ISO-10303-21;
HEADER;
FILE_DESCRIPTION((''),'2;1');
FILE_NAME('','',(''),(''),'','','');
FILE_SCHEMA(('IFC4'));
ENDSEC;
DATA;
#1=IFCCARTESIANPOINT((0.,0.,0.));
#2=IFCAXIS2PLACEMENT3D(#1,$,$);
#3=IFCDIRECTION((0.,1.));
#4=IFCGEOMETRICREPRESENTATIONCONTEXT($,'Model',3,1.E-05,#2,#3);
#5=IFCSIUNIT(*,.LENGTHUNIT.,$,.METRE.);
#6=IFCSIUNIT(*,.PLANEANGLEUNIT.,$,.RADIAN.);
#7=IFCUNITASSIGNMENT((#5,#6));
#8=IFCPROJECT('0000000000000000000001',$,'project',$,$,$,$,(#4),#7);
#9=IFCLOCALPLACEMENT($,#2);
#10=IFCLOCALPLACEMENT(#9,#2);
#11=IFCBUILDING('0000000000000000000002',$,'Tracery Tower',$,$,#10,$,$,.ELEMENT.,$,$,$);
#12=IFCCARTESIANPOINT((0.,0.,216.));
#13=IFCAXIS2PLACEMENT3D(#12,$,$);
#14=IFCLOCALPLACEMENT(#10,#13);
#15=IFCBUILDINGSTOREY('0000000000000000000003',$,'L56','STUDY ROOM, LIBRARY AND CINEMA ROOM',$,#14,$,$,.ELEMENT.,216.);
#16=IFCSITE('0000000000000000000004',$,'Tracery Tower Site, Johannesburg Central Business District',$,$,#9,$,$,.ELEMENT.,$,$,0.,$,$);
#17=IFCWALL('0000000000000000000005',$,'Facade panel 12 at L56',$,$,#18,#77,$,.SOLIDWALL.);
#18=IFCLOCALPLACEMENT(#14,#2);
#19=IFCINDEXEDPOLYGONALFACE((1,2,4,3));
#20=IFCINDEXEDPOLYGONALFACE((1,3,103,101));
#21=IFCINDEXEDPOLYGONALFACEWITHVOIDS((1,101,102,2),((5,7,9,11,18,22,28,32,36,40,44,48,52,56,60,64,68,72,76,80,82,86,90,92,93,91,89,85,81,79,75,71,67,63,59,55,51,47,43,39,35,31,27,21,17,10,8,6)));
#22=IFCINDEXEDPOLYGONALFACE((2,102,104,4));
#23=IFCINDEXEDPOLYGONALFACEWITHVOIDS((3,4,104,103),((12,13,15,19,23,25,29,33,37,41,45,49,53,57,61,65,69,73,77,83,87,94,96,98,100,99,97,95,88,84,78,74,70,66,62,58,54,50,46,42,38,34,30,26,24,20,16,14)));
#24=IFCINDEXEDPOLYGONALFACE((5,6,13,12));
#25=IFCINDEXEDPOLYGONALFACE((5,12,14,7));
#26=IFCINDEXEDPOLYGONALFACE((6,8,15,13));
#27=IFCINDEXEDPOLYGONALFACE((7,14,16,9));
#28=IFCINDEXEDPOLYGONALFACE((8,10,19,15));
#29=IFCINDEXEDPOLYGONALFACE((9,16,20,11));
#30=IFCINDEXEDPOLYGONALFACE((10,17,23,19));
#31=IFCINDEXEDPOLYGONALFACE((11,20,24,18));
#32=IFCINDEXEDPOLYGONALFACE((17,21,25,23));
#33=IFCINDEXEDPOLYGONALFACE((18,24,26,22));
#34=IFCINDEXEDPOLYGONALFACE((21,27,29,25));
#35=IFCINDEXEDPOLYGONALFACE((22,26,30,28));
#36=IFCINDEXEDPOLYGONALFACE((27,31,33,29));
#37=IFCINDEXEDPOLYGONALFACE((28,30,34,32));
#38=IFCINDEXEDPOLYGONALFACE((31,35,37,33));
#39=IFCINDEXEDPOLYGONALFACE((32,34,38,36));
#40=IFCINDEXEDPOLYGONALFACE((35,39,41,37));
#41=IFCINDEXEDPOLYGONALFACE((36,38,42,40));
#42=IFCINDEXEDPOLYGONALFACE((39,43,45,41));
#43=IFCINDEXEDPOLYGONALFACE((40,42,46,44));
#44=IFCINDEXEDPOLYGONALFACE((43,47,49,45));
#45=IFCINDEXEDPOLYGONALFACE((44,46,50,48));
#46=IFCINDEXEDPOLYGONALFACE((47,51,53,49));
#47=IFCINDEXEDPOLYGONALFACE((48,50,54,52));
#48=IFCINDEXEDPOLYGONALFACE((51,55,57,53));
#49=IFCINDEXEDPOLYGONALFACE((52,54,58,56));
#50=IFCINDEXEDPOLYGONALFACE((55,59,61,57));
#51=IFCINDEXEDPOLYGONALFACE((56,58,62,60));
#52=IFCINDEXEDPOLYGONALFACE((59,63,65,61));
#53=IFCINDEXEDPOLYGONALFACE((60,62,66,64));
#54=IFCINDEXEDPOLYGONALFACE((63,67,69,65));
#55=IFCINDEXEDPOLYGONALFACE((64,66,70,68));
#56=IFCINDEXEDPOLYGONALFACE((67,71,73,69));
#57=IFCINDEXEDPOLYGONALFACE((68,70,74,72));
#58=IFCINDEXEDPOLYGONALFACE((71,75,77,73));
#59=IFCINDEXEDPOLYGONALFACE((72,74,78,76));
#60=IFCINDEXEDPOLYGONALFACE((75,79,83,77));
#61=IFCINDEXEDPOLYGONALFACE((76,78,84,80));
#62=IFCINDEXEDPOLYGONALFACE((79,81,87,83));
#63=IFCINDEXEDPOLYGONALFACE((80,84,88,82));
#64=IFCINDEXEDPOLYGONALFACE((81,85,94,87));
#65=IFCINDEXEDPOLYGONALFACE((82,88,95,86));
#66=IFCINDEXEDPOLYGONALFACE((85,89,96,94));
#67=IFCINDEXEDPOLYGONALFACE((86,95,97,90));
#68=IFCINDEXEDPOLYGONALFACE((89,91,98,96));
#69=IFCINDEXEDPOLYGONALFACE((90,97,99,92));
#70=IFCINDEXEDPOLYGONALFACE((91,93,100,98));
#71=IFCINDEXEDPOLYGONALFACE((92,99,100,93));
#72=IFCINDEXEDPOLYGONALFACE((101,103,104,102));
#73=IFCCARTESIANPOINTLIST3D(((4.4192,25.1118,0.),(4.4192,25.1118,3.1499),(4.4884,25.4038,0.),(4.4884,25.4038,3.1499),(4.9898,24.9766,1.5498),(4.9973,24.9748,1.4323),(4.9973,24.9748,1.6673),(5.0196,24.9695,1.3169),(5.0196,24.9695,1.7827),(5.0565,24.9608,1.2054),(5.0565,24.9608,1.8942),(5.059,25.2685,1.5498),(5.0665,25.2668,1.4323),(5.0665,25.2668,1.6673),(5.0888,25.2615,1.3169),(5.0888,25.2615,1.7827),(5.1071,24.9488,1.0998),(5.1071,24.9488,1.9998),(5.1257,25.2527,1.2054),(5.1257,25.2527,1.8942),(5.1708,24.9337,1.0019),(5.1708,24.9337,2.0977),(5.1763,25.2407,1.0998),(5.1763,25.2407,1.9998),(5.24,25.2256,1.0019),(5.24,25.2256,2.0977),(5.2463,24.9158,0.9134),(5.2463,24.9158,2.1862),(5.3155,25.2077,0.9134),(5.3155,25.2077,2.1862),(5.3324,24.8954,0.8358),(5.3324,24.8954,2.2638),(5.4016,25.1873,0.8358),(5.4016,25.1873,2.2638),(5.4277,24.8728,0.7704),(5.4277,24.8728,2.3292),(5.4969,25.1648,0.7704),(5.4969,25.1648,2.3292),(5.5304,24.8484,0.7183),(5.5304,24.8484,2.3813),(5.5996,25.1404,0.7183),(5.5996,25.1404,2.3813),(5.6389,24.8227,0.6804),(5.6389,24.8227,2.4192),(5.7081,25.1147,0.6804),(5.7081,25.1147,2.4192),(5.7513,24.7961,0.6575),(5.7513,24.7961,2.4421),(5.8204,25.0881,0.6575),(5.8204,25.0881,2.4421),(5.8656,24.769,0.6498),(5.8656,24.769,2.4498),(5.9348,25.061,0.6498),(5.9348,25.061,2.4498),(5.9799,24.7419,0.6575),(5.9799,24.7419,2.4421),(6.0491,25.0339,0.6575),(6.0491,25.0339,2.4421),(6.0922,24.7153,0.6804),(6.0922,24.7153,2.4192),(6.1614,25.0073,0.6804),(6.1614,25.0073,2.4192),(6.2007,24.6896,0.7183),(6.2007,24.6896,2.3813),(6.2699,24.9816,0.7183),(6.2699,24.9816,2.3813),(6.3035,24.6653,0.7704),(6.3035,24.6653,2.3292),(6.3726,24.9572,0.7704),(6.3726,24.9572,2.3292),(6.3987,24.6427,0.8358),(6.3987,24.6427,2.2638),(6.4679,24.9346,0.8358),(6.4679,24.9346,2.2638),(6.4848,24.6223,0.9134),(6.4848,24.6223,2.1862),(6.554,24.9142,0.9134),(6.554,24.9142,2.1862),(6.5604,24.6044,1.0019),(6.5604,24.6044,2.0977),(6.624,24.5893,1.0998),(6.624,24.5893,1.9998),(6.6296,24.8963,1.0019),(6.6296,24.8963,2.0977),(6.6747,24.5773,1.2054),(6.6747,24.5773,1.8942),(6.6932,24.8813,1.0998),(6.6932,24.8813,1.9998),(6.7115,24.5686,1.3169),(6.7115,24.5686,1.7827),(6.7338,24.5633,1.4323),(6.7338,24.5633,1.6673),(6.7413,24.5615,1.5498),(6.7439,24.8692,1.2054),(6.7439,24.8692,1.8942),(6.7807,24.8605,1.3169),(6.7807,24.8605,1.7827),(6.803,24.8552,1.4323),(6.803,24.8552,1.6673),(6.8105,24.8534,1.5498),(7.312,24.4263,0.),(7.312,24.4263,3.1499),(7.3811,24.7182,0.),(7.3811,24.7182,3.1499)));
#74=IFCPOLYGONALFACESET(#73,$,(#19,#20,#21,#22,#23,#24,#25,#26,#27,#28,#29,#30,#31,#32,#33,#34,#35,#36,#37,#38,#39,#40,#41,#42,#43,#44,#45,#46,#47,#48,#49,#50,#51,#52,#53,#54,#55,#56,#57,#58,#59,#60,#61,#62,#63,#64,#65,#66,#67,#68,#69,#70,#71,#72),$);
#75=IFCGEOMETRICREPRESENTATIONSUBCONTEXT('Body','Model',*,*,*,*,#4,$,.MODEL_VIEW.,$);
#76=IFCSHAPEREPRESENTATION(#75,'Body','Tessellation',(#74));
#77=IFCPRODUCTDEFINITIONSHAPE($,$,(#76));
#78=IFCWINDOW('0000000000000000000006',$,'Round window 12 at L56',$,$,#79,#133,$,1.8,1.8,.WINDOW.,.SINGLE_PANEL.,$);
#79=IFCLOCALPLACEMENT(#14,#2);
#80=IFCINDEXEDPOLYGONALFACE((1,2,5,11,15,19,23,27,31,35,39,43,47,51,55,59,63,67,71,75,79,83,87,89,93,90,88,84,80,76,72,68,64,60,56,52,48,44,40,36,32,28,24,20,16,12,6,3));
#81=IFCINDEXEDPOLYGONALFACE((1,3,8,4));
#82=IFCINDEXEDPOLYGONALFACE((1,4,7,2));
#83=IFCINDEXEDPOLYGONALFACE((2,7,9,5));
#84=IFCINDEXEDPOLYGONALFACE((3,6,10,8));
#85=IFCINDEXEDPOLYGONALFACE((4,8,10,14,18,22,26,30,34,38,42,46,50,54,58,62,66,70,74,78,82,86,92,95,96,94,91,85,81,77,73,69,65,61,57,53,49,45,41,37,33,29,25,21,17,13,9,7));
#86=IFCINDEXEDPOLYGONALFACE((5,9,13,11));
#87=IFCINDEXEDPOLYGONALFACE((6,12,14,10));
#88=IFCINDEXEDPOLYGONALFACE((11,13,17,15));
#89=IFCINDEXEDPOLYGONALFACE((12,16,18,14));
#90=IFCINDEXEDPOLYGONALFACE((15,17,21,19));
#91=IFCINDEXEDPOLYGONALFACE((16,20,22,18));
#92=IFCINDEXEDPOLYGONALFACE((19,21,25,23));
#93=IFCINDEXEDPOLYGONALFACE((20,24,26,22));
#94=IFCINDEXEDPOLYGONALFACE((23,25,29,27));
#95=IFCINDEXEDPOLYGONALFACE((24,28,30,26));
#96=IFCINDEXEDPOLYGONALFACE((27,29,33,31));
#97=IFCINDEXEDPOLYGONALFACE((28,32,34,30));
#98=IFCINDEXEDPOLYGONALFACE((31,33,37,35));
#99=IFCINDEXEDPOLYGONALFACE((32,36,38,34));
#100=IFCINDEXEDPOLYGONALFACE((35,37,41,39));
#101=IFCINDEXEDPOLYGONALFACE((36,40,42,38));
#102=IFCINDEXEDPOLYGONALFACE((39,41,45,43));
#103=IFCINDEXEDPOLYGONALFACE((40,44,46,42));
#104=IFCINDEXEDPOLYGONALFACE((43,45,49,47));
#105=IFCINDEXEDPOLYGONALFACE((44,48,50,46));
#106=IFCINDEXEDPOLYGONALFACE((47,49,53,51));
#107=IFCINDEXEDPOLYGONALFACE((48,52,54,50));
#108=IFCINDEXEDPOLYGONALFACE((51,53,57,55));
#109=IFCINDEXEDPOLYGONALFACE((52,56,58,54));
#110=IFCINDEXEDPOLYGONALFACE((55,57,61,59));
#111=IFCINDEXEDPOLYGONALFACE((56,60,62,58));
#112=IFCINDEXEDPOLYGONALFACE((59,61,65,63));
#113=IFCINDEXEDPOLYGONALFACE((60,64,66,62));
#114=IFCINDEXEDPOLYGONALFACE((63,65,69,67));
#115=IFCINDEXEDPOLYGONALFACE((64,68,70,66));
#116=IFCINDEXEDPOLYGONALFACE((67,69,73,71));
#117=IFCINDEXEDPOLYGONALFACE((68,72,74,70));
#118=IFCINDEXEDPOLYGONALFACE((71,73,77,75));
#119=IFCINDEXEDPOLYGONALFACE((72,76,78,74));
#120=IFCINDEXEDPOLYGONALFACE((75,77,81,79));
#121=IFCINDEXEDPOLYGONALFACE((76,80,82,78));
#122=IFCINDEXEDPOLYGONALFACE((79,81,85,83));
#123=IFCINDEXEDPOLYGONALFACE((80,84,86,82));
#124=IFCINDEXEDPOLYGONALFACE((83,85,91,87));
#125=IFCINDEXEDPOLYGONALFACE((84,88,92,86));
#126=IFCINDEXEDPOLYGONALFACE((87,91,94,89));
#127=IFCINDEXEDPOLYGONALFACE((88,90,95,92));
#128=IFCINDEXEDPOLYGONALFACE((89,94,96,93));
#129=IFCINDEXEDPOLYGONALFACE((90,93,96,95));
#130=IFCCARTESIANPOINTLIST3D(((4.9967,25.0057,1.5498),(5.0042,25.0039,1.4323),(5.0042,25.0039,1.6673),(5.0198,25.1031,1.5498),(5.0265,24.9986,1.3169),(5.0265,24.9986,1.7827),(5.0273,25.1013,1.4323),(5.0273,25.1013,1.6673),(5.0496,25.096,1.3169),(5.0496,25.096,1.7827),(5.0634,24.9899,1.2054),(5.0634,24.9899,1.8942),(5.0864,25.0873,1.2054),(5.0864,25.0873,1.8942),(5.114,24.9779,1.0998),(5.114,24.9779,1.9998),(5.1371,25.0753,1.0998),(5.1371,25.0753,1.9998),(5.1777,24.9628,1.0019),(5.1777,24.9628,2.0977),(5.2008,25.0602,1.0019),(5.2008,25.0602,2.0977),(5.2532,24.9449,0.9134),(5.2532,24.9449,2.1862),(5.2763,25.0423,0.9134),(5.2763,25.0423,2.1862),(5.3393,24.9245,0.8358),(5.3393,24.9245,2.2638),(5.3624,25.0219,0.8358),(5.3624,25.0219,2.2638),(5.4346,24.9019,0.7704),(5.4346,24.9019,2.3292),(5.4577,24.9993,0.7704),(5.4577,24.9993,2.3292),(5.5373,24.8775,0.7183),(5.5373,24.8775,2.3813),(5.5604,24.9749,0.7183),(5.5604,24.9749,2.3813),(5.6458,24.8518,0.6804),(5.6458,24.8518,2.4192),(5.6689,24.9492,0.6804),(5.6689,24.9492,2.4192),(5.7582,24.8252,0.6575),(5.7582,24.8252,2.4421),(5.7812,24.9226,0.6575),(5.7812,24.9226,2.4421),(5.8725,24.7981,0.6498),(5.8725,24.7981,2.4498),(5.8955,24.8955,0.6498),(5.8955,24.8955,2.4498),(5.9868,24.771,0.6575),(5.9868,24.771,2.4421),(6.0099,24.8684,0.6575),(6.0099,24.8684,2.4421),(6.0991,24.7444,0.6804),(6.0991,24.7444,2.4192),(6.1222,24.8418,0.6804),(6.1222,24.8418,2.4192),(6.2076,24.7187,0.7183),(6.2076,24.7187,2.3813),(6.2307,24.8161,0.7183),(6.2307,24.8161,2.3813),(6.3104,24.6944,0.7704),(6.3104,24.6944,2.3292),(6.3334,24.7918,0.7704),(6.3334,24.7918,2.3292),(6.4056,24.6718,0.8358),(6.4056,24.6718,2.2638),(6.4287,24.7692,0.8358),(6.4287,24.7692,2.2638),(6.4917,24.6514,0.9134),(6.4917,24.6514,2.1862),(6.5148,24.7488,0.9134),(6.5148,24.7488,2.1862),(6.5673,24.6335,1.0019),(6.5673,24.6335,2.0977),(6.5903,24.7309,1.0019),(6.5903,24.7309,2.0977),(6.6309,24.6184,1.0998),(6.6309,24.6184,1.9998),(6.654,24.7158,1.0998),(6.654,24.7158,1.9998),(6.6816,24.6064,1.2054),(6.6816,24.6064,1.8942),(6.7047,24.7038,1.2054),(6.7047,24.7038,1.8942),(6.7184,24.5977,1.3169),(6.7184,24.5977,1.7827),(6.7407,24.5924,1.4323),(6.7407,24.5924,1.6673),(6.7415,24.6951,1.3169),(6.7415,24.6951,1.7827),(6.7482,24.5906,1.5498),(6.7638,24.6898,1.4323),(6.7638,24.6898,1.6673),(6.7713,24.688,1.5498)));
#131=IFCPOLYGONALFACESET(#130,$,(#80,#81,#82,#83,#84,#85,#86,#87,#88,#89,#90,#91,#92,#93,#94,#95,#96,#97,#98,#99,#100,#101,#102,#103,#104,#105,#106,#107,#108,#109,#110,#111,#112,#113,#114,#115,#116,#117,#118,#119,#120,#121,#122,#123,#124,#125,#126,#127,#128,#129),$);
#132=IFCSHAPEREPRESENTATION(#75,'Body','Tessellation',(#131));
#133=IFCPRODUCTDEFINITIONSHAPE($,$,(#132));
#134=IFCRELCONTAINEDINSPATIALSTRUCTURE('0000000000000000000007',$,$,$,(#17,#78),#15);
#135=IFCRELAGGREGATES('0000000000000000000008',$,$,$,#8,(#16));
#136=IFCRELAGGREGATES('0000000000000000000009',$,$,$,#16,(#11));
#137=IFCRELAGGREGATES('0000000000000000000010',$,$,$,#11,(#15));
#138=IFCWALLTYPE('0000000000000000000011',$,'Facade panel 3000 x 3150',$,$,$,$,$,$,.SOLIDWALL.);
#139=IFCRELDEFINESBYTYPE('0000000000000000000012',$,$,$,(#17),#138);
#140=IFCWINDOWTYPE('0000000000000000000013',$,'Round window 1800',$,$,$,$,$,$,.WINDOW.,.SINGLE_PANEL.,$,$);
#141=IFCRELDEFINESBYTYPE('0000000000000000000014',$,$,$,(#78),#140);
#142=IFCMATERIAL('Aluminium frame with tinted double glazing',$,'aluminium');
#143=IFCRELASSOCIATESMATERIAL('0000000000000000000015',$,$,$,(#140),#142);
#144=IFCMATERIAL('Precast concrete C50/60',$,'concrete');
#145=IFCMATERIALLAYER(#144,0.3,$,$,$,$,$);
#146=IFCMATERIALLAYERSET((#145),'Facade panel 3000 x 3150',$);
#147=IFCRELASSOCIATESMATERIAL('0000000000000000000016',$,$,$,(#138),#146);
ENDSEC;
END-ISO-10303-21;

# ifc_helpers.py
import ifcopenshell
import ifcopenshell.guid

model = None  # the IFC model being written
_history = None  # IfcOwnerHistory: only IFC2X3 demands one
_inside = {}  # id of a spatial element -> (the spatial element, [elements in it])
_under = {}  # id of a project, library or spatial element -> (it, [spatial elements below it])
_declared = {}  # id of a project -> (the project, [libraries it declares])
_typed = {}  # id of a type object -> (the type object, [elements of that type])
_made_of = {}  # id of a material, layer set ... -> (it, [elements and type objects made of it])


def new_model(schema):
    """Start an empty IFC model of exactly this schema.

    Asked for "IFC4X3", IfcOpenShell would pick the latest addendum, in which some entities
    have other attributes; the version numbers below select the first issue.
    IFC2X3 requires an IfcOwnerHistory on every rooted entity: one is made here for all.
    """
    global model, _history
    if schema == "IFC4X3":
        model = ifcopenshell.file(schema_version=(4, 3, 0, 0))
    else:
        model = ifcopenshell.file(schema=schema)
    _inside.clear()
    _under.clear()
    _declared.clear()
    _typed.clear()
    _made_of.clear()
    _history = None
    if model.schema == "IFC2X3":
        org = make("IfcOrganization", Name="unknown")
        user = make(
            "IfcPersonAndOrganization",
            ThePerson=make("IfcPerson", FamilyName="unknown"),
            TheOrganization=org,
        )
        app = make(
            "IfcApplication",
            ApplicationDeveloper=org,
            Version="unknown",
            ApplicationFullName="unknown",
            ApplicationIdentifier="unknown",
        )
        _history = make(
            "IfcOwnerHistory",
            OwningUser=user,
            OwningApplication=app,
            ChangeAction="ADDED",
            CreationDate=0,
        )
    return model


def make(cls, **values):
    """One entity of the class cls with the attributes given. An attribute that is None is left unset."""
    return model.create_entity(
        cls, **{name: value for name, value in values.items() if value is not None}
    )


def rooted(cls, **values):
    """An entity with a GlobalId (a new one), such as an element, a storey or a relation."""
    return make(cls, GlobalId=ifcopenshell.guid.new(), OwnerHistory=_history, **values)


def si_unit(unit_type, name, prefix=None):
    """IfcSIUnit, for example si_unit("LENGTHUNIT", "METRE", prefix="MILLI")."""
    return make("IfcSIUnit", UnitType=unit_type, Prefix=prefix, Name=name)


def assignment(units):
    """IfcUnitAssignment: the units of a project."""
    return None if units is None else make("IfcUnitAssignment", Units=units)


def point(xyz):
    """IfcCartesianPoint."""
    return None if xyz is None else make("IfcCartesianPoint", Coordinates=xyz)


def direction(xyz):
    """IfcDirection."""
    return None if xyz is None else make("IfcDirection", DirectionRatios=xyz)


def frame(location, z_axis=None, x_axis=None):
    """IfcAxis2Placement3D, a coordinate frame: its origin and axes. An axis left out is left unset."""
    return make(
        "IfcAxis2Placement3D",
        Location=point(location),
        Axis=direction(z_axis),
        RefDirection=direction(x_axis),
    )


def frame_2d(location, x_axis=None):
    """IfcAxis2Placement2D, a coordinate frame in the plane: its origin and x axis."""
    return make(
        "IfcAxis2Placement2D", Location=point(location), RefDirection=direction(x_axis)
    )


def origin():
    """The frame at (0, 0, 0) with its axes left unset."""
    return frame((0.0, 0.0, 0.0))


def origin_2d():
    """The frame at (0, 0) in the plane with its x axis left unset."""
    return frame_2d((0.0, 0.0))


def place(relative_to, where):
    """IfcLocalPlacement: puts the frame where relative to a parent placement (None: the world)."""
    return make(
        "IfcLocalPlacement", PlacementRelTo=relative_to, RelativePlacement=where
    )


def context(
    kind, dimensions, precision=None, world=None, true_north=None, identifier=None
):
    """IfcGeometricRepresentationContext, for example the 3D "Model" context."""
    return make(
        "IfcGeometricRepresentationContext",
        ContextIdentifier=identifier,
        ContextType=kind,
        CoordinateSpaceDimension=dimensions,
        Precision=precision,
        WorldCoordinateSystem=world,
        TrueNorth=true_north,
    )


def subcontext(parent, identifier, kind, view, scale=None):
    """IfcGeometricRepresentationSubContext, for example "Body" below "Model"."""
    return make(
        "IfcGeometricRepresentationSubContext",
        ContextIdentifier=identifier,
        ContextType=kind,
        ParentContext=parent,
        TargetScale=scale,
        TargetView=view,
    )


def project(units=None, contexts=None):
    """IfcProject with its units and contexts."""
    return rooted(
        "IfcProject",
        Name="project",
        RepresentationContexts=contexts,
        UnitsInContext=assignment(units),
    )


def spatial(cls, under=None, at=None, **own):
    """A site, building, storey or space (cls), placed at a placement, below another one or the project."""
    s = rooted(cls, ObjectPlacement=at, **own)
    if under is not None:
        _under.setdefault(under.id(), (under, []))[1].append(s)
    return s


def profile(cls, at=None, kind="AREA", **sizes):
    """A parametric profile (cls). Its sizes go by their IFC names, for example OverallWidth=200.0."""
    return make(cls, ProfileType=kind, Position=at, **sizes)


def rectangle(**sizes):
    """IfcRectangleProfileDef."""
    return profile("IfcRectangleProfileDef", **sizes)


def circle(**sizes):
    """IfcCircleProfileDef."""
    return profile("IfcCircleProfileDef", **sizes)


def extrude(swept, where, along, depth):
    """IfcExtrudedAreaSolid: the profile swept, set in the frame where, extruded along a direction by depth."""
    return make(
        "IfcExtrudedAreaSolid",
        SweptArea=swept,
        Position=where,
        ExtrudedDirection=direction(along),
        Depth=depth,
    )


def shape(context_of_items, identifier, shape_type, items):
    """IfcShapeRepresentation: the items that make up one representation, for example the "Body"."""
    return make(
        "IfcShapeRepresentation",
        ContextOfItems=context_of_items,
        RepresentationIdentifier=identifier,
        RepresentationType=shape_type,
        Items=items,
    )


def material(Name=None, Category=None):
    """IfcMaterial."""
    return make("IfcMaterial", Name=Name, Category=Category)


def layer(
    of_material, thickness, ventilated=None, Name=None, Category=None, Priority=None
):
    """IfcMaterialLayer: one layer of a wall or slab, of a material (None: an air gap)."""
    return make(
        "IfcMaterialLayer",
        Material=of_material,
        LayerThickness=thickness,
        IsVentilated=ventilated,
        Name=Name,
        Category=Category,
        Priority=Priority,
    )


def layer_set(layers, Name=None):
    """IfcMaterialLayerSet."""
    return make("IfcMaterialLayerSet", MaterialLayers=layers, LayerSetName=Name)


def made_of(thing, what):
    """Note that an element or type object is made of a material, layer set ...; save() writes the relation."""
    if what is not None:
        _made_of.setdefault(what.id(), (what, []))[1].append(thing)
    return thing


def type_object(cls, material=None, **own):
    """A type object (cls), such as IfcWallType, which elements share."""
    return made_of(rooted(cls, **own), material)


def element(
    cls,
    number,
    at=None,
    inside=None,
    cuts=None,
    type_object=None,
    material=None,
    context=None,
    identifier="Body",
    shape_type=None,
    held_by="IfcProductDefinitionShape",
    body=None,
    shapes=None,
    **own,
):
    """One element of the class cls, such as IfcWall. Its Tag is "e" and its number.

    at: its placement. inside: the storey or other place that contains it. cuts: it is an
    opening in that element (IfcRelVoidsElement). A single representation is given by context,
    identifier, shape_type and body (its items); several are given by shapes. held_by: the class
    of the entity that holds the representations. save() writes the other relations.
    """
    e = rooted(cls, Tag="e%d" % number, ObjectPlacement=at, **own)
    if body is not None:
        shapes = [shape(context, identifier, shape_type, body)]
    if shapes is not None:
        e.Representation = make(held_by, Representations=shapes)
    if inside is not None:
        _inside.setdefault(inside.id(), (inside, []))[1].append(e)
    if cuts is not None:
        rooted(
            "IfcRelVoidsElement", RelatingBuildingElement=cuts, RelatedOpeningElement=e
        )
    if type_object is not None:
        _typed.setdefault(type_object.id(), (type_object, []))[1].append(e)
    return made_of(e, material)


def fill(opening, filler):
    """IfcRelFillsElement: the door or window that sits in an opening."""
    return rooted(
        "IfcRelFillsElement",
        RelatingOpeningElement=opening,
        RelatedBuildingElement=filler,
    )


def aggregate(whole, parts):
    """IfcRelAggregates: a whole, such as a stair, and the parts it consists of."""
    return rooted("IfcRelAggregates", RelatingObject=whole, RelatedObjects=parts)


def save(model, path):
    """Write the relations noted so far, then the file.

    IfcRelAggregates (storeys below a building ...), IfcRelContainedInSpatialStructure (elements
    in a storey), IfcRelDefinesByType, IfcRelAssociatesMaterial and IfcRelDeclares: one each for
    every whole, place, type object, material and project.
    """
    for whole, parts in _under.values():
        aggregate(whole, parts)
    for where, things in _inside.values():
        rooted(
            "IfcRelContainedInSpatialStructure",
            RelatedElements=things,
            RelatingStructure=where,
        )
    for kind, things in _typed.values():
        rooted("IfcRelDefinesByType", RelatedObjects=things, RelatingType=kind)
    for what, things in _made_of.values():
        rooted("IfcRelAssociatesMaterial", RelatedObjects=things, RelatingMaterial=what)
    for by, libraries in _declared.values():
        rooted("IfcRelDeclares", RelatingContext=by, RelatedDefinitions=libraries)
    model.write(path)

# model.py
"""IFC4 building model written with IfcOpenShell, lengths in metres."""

from ifc_helpers import new_model, si_unit, direction, frame, frame_2d, origin, origin_2d, place, context, subcontext, project, spatial, rectangle, circle, extrude, material, layer, layer_set, type_object, element, fill, save


model = new_model("IFC4")

# Units and contexts
model_context = context("Model", 3, precision=1e-05, world=origin(), true_north=direction((0.0, 1.0)))
body_context = subcontext(model_context, "Body", "Model", "MODEL_VIEW")
ifc_project = project(units=[si_unit("LENGTHUNIT", "METRE"), si_unit("PLANEANGLEUNIT", "RADIAN")], contexts=[model_context])

# Site, building, storey
site_placement = place(None, origin())
site = spatial("IfcSite", under=ifc_project, at=site_placement, Name="Tracery Tower Site, Johannesburg Central Business District", CompositionType="ELEMENT", RefElevation=0.0)
building_placement = place(site_placement, origin())
building = spatial("IfcBuilding", under=site, at=building_placement, Name="Tracery Tower", CompositionType="ELEMENT")
storey_placement = place(building_placement, frame((0.0, 0.0, 216.0)))
storey = spatial("IfcBuildingStorey", under=building, at=storey_placement, Name="L56", Description="STUDY ROOM, LIBRARY AND CINEMA ROOM", CompositionType="ELEMENT", Elevation=216.0)

# Wall, opening, window
ifc_material_1 = material(Name="Aluminium frame with tinted double glazing", Category="aluminium")
window_type = type_object("IfcWindowType", Name="Round window 1800", PartitioningType="SINGLE_PANEL", PredefinedType="WINDOW", material=ifc_material_1)
ifc_material_2 = material(Name="Precast concrete C50/60", Category="concrete")
ifc_layer_1 = layer(ifc_material_2, 0.3)
ifc_layer_set_1 = layer_set([ifc_layer_1], Name="Facade panel 3000 x 3150")
wall_type_1 = type_object("IfcWallType", Name="Facade panel 3000 x 3150", PredefinedType="SOLIDWALL", material=ifc_layer_set_1)
wall_1_placement = place(storey_placement, frame((7.3464, 24.5723, 0.0), z_axis=(0.0, 0.0, 1.0), x_axis=(-0.97305, 0.230595, 0.0)))
wall_1 = element("IfcWall", 1, at=wall_1_placement, inside=storey, type_object=wall_type_1, Name="Facade panel 12 at L56", PredefinedType="SOLIDWALL", context=body_context, shape_type="SweptSolid", body=[
    extrude(rectangle(XDim=2.9729, YDim=0.3, at=frame_2d((1.4863, 0.0))), origin(), (0.0, 0.0, 1.0), 3.1499),
])
opening_1_placement = place(wall_1_placement, frame((1.4863, 0.0, 1.5498)))
opening_1 = element("IfcOpeningElement", 2, at=opening_1_placement, cuts=wall_1, PredefinedType="OPENING", context=body_context, shape_type="SweptSolid", body=[
    extrude(circle(Radius=0.9, at=origin_2d()), frame((0.0, 0.1599, 0.0), z_axis=(0.0, -1.0, 0.0), x_axis=(1.0, 0.0, 0.0)), (0.0, 0.0, 1.0), 0.3201),
])
window_1_placement = place(opening_1_placement, origin())
window_1 = element("IfcWindow", 3, at=window_1_placement, inside=storey, type_object=window_type, Name="Round window 12 at L56", OverallHeight=1.8, OverallWidth=1.8, PartitioningType="SINGLE_PANEL", PredefinedType="WINDOW", context=body_context, shape_type="SweptSolid", body=[
    extrude(circle(Radius=0.9, at=origin_2d()), frame((0.0, 0.1201, 0.0), z_axis=(0.0, -1.0, 0.0), x_axis=(1.0, 0.0, 0.0)), (0.0, 0.0, 1.0), 0.1001),
])
fill(opening_1, window_1)

save(model, "model.ifc")
